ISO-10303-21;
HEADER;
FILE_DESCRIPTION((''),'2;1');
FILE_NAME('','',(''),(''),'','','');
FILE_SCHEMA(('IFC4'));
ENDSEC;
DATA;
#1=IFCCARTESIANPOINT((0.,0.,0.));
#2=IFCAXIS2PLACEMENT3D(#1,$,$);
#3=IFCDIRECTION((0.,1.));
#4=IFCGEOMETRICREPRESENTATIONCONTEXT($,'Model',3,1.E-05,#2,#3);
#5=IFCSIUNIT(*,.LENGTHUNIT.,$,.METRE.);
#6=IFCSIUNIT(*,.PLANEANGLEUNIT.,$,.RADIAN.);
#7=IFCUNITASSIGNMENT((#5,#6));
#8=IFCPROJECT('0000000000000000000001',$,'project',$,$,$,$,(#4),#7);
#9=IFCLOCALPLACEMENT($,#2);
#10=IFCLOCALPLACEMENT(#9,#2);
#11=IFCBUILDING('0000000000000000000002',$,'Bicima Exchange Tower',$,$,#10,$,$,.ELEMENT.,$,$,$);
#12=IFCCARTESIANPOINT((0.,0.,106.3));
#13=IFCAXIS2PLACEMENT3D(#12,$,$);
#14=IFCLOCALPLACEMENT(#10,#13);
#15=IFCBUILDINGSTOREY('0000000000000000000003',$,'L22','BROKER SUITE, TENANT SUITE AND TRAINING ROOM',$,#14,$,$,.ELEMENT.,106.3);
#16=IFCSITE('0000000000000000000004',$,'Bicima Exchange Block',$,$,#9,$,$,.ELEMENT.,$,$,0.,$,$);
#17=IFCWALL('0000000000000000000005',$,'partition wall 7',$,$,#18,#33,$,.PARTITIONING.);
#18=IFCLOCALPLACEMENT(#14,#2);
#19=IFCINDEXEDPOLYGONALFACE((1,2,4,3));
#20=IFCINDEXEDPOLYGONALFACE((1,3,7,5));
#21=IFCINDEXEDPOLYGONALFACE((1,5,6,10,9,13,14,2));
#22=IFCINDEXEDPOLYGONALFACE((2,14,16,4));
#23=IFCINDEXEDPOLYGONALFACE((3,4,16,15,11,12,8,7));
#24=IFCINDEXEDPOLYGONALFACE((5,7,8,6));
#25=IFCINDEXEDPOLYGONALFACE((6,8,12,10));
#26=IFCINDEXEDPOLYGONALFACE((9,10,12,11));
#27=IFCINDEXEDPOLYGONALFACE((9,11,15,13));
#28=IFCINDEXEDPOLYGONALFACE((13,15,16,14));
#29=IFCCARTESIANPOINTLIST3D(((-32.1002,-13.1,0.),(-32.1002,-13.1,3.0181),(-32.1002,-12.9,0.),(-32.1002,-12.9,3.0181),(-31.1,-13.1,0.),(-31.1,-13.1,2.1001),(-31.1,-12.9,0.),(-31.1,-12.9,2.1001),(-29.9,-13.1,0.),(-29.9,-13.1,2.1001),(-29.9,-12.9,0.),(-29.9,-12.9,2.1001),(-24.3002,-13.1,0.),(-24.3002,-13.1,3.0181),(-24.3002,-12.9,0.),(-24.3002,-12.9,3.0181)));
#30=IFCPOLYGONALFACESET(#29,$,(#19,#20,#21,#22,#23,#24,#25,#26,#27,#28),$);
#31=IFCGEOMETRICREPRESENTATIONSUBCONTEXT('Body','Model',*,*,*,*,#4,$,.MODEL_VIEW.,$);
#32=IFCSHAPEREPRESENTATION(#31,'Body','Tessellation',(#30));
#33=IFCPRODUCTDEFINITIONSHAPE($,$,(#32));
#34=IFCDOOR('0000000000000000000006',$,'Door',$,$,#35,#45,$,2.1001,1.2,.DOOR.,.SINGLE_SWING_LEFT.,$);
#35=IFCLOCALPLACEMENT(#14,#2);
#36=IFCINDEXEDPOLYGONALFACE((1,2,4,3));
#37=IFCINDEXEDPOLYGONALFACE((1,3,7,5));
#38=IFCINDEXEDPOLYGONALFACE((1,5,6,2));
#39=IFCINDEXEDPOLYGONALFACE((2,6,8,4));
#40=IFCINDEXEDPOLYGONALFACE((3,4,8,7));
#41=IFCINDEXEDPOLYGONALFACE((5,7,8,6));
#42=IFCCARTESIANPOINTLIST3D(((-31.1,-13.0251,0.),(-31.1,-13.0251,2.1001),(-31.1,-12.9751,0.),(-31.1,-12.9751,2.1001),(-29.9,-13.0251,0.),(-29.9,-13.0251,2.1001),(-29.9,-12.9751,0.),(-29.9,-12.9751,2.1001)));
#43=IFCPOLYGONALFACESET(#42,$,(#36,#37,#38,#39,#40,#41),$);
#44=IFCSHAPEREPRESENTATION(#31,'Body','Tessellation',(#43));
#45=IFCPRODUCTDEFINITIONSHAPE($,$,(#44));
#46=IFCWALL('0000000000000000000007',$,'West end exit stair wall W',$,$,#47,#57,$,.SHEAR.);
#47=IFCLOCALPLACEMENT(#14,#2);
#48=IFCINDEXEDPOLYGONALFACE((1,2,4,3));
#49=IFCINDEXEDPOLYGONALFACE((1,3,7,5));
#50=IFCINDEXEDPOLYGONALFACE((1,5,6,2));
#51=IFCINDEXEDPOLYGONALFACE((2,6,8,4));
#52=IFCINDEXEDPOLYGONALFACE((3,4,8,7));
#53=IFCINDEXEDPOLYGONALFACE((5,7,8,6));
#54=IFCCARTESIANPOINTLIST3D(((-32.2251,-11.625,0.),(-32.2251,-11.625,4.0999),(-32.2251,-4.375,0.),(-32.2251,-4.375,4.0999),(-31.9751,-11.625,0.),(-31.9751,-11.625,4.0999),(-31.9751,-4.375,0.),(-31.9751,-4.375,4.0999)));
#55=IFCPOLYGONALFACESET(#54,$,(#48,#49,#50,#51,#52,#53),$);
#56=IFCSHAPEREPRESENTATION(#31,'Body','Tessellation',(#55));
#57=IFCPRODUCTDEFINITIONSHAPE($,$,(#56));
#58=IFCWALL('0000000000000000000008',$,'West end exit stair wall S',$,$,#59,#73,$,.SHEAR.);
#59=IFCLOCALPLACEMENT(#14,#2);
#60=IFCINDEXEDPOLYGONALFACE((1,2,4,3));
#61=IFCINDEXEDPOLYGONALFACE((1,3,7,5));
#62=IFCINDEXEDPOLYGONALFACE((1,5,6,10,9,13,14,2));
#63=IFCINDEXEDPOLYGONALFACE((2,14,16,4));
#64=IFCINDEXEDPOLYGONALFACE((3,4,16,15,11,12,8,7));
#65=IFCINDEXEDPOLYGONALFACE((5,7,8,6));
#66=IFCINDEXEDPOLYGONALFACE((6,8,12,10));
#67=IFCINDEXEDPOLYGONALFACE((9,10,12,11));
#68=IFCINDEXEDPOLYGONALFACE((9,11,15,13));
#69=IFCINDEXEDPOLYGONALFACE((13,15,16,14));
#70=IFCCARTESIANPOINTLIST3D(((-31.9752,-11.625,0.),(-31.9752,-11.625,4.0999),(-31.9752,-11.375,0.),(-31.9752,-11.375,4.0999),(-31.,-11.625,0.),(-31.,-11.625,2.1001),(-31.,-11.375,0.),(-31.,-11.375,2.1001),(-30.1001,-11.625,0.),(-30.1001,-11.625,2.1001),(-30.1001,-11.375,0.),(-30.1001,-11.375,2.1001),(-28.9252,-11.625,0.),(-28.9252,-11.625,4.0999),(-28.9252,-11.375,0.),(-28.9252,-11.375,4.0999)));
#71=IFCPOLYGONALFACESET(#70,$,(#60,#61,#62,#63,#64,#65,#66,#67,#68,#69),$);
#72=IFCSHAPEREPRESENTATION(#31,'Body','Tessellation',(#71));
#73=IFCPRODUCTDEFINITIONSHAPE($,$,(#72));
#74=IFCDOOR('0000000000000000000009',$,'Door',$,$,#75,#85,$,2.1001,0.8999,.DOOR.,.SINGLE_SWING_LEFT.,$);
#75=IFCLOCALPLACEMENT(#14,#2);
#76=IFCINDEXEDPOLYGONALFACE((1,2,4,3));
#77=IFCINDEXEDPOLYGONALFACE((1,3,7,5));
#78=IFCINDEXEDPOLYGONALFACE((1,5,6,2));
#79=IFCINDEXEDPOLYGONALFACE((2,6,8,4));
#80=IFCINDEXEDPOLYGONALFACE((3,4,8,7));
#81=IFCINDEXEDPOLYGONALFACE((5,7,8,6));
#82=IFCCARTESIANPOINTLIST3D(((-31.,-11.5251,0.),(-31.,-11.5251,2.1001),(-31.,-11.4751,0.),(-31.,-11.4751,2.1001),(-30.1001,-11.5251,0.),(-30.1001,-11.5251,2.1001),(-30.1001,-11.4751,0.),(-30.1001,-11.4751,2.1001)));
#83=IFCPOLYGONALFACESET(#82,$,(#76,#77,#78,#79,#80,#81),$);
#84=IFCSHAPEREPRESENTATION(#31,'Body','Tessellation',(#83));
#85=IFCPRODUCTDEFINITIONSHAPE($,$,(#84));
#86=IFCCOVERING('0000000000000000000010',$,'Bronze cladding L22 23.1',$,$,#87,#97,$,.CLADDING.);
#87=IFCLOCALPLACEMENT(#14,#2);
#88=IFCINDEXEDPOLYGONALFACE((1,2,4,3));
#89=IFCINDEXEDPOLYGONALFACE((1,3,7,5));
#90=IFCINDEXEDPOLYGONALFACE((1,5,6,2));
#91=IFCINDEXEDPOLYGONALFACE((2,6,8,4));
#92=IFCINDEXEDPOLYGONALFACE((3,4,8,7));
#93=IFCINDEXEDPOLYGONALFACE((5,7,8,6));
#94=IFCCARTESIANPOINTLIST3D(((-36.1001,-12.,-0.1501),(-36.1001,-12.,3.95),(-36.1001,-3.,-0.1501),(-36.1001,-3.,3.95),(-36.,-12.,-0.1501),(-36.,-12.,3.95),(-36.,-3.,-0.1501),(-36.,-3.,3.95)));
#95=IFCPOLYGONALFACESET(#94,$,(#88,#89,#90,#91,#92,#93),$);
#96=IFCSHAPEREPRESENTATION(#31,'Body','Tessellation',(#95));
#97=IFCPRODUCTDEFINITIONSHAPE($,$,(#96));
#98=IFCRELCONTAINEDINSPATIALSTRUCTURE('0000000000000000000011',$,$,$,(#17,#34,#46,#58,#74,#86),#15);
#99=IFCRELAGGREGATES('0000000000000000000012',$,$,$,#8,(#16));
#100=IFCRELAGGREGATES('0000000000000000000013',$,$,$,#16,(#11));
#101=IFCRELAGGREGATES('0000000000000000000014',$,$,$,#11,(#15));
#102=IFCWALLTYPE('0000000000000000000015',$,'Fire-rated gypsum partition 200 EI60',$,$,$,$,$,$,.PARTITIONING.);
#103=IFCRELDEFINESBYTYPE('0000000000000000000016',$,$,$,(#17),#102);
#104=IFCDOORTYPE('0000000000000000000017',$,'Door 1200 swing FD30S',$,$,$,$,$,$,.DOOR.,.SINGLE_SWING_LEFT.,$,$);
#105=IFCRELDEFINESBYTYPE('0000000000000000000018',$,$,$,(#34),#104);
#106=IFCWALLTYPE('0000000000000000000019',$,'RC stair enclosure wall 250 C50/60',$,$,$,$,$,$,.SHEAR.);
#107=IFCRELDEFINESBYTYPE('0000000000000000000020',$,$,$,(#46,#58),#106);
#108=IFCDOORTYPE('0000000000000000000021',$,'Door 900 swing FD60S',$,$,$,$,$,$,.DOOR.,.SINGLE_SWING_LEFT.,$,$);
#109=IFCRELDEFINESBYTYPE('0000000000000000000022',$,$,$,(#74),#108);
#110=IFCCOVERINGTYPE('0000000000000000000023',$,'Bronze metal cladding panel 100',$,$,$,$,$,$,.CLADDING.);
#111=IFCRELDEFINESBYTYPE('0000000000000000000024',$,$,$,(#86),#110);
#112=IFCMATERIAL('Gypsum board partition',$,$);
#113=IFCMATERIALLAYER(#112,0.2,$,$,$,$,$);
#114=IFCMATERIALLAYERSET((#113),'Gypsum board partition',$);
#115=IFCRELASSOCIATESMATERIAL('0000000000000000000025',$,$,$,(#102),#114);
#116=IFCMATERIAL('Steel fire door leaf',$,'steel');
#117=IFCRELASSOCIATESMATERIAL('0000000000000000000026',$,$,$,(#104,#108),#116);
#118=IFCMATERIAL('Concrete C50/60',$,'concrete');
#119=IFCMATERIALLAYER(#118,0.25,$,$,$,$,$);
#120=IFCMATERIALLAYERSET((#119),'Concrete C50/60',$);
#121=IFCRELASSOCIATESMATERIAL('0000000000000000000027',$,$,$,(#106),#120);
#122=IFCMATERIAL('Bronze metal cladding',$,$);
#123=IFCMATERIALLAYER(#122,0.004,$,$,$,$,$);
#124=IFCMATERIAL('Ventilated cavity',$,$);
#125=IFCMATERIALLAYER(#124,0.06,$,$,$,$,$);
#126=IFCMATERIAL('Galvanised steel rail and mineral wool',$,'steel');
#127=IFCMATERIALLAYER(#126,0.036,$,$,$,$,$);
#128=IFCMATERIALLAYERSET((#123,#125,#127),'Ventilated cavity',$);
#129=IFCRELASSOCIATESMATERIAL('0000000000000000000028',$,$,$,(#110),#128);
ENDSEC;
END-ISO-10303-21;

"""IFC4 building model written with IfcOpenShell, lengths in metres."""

from ifc_helpers import new_model, si_unit, direction, frame, frame_2d, origin, origin_2d, place, context, subcontext, project, spatial, rectangle, extrude, material, layer, layer_set, type_object, element, fill, save


model = new_model("IFC4")

# Units and contexts
model_context = context("Model", 3, precision=1e-05, world=origin(), true_north=direction((0.0, 1.0)))
body_context = subcontext(model_context, "Body", "Model", "MODEL_VIEW")
ifc_project = project(units=[si_unit("LENGTHUNIT", "METRE"), si_unit("PLANEANGLEUNIT", "RADIAN")], contexts=[model_context])

# Site, building, storey
site_placement = place(None, origin())
site = spatial("IfcSite", under=ifc_project, at=site_placement, Name="Bicima Exchange Block", CompositionType="ELEMENT", RefElevation=0.0)
building_placement = place(site_placement, origin())
building = spatial("IfcBuilding", under=site, at=building_placement, Name="Bicima Exchange Tower", CompositionType="ELEMENT")
storey_placement = place(building_placement, frame((0.0, 0.0, 106.3)))
storey = spatial("IfcBuildingStorey", under=building, at=storey_placement, Name="L22", Description="BROKER SUITE, TENANT SUITE AND TRAINING ROOM", CompositionType="ELEMENT", Elevation=106.3)

# Shared definitions
ifc_material_1 = material(Name="Gypsum board partition")
ifc_layer_1 = layer(ifc_material_1, 0.2)
ifc_layer_set_1 = layer_set([ifc_layer_1], Name="Gypsum board partition")
wall_type_1 = type_object("IfcWallType", Name="Fire-rated gypsum partition 200 EI60", PredefinedType="PARTITIONING", material=ifc_layer_set_1)
ifc_material_2 = material(Name="Steel fire door leaf", Category="steel")

# Wall, opening, door
wall_1_placement = place(storey_placement, frame((-32.1001, -13.0, 0.0), z_axis=(0.0, 0.0, 1.0), x_axis=(1.0, 0.0, 0.0)))
wall_1 = element("IfcWall", 1, at=wall_1_placement, inside=storey, type_object=wall_type_1, Name="partition wall 7", PredefinedType="PARTITIONING", context=body_context, shape_type="SweptSolid", body=[
    extrude(rectangle(XDim=7.8, YDim=0.2, at=frame_2d((3.8999, 0.0))), origin(), (0.0, 0.0, 1.0), 3.0181),
])
opening_1_placement = place(wall_1_placement, frame((1.0, 0.0, 0.0)))
opening_1 = element("IfcOpeningElement", 2, at=opening_1_placement, cuts=wall_1, PredefinedType="OPENING", context=body_context, shape_type="SweptSolid", body=[
    extrude(rectangle(XDim=1.2, YDim=2.1001, at=frame_2d((0.6001, 1.05))), frame((0.0, 0.1118, 0.0), z_axis=(0.0, -1.0, 0.0), x_axis=(1.0, 0.0, 0.0)), (0.0, 0.0, 1.0), 0.2239),
])
door_type_1 = type_object("IfcDoorType", Name="Door 1200 swing FD30S", OperationType="SINGLE_SWING_LEFT", PredefinedType="DOOR", material=ifc_material_2)
door_1_placement = place(opening_1_placement, origin())
door_1 = element("IfcDoor", 3, at=door_1_placement, inside=storey, type_object=door_type_1, Name="Door", OperationType="SINGLE_SWING_LEFT", OverallHeight=2.1001, OverallWidth=1.2, PredefinedType="DOOR", context=body_context, shape_type="SweptSolid", body=[
    extrude(rectangle(XDim=1.2, YDim=2.1001, at=frame_2d((0.6001, 1.05))), frame((0.0, 0.0249, 0.0), z_axis=(0.0, -1.0, 0.0), x_axis=(1.0, 0.0, 0.0)), (0.0, 0.0, 1.0), 0.05),
])
fill(opening_1, door_1)

# Wall
ifc_material_3 = material(Name="Concrete C50/60", Category="concrete")
ifc_layer_2 = layer(ifc_material_3, 0.25)
ifc_layer_set_2 = layer_set([ifc_layer_2], Name="Concrete C50/60")
wall_type_2 = type_object("IfcWallType", Name="RC stair enclosure wall 250 C50/60", PredefinedType="SHEAR", material=ifc_layer_set_2)
wall_2_placement = place(storey_placement, frame((-32.1001, -11.625, 0.0), z_axis=(0.0, 0.0, 1.0), x_axis=(0.0, 1.0, 0.0)))
element("IfcWall", 4, at=wall_2_placement, inside=storey, type_object=wall_type_2, Name="West end exit stair wall W", PredefinedType="SHEAR", context=body_context, shape_type="SweptSolid", body=[
    extrude(rectangle(XDim=7.25, YDim=0.25, at=frame_2d((3.625, 0.0))), origin(), (0.0, 0.0, 1.0), 4.0999),
])

# Wall, opening, door
wall_3_placement = place(storey_placement, frame((-31.9751, -11.5, 0.0), z_axis=(0.0, 0.0, 1.0), x_axis=(1.0, 0.0, 0.0)))
wall_3 = element("IfcWall", 5, at=wall_3_placement, inside=storey, type_object=wall_type_2, Name="West end exit stair wall S", PredefinedType="SHEAR", context=body_context, shape_type="SweptSolid", body=[
    extrude(rectangle(XDim=3.05, YDim=0.25, at=frame_2d((1.5249, 0.0))), origin(), (0.0, 0.0, 1.0), 4.0999),
])
opening_2_placement = place(wall_3_placement, frame((0.9751, 0.0, 0.0)))
opening_2 = element("IfcOpeningElement", 6, at=opening_2_placement, cuts=wall_3, PredefinedType="OPENING", context=body_context, shape_type="SweptSolid", body=[
    extrude(rectangle(XDim=0.8999, YDim=2.1001, at=frame_2d((0.45, 1.05))), frame((0.0, 0.137, 0.0), z_axis=(0.0, -1.0, 0.0), x_axis=(1.0, 0.0, 0.0)), (0.0, 0.0, 1.0), 0.2739),
])
door_type_2 = type_object("IfcDoorType", Name="Door 900 swing FD60S", OperationType="SINGLE_SWING_LEFT", PredefinedType="DOOR", material=ifc_material_2)
door_2_placement = place(opening_2_placement, origin())
door_2 = element("IfcDoor", 7, at=door_2_placement, inside=storey, type_object=door_type_2, Name="Door", OperationType="SINGLE_SWING_LEFT", OverallHeight=2.1001, OverallWidth=0.8999, PredefinedType="DOOR", context=body_context, shape_type="SweptSolid", body=[
    extrude(rectangle(XDim=0.8999, YDim=2.1001, at=frame_2d((0.45, 1.05))), frame((0.0, 0.0249, 0.0), z_axis=(0.0, -1.0, 0.0), x_axis=(1.0, 0.0, 0.0)), (0.0, 0.0, 1.0), 0.05),
])
fill(opening_2, door_2)

# Covering
ifc_material_4 = material(Name="Bronze metal cladding")
ifc_layer_3 = layer(ifc_material_4, 0.004)
ifc_material_5 = material(Name="Ventilated cavity")
ifc_layer_4 = layer(ifc_material_5, 0.06)
ifc_material_6 = material(Name="Galvanised steel rail and mineral wool", Category="steel")
ifc_layer_5 = layer(ifc_material_6, 0.036)
ifc_layer_set_3 = layer_set([ifc_layer_3, ifc_layer_4, ifc_layer_5], Name="Ventilated cavity")
covering_type = type_object("IfcCoveringType", Name="Bronze metal cladding panel 100", PredefinedType="CLADDING", material=ifc_layer_set_3)
covering_placement = place(storey_placement, frame((-36.05, -7.5, -0.1501), z_axis=(0.0, 0.0, 1.0), x_axis=(0.0, -1.0, 0.0)))
element("IfcCovering", 8, at=covering_placement, inside=storey, type_object=covering_type, Name="Bronze cladding L22 23.1", PredefinedType="CLADDING", context=body_context, shape_type="SweptSolid", body=[
    extrude(rectangle(XDim=9.0, YDim=0.1001, at=origin_2d()), origin(), (0.0, 0.0, 1.0), 4.1001),
])

save(model, "model.ifc")
